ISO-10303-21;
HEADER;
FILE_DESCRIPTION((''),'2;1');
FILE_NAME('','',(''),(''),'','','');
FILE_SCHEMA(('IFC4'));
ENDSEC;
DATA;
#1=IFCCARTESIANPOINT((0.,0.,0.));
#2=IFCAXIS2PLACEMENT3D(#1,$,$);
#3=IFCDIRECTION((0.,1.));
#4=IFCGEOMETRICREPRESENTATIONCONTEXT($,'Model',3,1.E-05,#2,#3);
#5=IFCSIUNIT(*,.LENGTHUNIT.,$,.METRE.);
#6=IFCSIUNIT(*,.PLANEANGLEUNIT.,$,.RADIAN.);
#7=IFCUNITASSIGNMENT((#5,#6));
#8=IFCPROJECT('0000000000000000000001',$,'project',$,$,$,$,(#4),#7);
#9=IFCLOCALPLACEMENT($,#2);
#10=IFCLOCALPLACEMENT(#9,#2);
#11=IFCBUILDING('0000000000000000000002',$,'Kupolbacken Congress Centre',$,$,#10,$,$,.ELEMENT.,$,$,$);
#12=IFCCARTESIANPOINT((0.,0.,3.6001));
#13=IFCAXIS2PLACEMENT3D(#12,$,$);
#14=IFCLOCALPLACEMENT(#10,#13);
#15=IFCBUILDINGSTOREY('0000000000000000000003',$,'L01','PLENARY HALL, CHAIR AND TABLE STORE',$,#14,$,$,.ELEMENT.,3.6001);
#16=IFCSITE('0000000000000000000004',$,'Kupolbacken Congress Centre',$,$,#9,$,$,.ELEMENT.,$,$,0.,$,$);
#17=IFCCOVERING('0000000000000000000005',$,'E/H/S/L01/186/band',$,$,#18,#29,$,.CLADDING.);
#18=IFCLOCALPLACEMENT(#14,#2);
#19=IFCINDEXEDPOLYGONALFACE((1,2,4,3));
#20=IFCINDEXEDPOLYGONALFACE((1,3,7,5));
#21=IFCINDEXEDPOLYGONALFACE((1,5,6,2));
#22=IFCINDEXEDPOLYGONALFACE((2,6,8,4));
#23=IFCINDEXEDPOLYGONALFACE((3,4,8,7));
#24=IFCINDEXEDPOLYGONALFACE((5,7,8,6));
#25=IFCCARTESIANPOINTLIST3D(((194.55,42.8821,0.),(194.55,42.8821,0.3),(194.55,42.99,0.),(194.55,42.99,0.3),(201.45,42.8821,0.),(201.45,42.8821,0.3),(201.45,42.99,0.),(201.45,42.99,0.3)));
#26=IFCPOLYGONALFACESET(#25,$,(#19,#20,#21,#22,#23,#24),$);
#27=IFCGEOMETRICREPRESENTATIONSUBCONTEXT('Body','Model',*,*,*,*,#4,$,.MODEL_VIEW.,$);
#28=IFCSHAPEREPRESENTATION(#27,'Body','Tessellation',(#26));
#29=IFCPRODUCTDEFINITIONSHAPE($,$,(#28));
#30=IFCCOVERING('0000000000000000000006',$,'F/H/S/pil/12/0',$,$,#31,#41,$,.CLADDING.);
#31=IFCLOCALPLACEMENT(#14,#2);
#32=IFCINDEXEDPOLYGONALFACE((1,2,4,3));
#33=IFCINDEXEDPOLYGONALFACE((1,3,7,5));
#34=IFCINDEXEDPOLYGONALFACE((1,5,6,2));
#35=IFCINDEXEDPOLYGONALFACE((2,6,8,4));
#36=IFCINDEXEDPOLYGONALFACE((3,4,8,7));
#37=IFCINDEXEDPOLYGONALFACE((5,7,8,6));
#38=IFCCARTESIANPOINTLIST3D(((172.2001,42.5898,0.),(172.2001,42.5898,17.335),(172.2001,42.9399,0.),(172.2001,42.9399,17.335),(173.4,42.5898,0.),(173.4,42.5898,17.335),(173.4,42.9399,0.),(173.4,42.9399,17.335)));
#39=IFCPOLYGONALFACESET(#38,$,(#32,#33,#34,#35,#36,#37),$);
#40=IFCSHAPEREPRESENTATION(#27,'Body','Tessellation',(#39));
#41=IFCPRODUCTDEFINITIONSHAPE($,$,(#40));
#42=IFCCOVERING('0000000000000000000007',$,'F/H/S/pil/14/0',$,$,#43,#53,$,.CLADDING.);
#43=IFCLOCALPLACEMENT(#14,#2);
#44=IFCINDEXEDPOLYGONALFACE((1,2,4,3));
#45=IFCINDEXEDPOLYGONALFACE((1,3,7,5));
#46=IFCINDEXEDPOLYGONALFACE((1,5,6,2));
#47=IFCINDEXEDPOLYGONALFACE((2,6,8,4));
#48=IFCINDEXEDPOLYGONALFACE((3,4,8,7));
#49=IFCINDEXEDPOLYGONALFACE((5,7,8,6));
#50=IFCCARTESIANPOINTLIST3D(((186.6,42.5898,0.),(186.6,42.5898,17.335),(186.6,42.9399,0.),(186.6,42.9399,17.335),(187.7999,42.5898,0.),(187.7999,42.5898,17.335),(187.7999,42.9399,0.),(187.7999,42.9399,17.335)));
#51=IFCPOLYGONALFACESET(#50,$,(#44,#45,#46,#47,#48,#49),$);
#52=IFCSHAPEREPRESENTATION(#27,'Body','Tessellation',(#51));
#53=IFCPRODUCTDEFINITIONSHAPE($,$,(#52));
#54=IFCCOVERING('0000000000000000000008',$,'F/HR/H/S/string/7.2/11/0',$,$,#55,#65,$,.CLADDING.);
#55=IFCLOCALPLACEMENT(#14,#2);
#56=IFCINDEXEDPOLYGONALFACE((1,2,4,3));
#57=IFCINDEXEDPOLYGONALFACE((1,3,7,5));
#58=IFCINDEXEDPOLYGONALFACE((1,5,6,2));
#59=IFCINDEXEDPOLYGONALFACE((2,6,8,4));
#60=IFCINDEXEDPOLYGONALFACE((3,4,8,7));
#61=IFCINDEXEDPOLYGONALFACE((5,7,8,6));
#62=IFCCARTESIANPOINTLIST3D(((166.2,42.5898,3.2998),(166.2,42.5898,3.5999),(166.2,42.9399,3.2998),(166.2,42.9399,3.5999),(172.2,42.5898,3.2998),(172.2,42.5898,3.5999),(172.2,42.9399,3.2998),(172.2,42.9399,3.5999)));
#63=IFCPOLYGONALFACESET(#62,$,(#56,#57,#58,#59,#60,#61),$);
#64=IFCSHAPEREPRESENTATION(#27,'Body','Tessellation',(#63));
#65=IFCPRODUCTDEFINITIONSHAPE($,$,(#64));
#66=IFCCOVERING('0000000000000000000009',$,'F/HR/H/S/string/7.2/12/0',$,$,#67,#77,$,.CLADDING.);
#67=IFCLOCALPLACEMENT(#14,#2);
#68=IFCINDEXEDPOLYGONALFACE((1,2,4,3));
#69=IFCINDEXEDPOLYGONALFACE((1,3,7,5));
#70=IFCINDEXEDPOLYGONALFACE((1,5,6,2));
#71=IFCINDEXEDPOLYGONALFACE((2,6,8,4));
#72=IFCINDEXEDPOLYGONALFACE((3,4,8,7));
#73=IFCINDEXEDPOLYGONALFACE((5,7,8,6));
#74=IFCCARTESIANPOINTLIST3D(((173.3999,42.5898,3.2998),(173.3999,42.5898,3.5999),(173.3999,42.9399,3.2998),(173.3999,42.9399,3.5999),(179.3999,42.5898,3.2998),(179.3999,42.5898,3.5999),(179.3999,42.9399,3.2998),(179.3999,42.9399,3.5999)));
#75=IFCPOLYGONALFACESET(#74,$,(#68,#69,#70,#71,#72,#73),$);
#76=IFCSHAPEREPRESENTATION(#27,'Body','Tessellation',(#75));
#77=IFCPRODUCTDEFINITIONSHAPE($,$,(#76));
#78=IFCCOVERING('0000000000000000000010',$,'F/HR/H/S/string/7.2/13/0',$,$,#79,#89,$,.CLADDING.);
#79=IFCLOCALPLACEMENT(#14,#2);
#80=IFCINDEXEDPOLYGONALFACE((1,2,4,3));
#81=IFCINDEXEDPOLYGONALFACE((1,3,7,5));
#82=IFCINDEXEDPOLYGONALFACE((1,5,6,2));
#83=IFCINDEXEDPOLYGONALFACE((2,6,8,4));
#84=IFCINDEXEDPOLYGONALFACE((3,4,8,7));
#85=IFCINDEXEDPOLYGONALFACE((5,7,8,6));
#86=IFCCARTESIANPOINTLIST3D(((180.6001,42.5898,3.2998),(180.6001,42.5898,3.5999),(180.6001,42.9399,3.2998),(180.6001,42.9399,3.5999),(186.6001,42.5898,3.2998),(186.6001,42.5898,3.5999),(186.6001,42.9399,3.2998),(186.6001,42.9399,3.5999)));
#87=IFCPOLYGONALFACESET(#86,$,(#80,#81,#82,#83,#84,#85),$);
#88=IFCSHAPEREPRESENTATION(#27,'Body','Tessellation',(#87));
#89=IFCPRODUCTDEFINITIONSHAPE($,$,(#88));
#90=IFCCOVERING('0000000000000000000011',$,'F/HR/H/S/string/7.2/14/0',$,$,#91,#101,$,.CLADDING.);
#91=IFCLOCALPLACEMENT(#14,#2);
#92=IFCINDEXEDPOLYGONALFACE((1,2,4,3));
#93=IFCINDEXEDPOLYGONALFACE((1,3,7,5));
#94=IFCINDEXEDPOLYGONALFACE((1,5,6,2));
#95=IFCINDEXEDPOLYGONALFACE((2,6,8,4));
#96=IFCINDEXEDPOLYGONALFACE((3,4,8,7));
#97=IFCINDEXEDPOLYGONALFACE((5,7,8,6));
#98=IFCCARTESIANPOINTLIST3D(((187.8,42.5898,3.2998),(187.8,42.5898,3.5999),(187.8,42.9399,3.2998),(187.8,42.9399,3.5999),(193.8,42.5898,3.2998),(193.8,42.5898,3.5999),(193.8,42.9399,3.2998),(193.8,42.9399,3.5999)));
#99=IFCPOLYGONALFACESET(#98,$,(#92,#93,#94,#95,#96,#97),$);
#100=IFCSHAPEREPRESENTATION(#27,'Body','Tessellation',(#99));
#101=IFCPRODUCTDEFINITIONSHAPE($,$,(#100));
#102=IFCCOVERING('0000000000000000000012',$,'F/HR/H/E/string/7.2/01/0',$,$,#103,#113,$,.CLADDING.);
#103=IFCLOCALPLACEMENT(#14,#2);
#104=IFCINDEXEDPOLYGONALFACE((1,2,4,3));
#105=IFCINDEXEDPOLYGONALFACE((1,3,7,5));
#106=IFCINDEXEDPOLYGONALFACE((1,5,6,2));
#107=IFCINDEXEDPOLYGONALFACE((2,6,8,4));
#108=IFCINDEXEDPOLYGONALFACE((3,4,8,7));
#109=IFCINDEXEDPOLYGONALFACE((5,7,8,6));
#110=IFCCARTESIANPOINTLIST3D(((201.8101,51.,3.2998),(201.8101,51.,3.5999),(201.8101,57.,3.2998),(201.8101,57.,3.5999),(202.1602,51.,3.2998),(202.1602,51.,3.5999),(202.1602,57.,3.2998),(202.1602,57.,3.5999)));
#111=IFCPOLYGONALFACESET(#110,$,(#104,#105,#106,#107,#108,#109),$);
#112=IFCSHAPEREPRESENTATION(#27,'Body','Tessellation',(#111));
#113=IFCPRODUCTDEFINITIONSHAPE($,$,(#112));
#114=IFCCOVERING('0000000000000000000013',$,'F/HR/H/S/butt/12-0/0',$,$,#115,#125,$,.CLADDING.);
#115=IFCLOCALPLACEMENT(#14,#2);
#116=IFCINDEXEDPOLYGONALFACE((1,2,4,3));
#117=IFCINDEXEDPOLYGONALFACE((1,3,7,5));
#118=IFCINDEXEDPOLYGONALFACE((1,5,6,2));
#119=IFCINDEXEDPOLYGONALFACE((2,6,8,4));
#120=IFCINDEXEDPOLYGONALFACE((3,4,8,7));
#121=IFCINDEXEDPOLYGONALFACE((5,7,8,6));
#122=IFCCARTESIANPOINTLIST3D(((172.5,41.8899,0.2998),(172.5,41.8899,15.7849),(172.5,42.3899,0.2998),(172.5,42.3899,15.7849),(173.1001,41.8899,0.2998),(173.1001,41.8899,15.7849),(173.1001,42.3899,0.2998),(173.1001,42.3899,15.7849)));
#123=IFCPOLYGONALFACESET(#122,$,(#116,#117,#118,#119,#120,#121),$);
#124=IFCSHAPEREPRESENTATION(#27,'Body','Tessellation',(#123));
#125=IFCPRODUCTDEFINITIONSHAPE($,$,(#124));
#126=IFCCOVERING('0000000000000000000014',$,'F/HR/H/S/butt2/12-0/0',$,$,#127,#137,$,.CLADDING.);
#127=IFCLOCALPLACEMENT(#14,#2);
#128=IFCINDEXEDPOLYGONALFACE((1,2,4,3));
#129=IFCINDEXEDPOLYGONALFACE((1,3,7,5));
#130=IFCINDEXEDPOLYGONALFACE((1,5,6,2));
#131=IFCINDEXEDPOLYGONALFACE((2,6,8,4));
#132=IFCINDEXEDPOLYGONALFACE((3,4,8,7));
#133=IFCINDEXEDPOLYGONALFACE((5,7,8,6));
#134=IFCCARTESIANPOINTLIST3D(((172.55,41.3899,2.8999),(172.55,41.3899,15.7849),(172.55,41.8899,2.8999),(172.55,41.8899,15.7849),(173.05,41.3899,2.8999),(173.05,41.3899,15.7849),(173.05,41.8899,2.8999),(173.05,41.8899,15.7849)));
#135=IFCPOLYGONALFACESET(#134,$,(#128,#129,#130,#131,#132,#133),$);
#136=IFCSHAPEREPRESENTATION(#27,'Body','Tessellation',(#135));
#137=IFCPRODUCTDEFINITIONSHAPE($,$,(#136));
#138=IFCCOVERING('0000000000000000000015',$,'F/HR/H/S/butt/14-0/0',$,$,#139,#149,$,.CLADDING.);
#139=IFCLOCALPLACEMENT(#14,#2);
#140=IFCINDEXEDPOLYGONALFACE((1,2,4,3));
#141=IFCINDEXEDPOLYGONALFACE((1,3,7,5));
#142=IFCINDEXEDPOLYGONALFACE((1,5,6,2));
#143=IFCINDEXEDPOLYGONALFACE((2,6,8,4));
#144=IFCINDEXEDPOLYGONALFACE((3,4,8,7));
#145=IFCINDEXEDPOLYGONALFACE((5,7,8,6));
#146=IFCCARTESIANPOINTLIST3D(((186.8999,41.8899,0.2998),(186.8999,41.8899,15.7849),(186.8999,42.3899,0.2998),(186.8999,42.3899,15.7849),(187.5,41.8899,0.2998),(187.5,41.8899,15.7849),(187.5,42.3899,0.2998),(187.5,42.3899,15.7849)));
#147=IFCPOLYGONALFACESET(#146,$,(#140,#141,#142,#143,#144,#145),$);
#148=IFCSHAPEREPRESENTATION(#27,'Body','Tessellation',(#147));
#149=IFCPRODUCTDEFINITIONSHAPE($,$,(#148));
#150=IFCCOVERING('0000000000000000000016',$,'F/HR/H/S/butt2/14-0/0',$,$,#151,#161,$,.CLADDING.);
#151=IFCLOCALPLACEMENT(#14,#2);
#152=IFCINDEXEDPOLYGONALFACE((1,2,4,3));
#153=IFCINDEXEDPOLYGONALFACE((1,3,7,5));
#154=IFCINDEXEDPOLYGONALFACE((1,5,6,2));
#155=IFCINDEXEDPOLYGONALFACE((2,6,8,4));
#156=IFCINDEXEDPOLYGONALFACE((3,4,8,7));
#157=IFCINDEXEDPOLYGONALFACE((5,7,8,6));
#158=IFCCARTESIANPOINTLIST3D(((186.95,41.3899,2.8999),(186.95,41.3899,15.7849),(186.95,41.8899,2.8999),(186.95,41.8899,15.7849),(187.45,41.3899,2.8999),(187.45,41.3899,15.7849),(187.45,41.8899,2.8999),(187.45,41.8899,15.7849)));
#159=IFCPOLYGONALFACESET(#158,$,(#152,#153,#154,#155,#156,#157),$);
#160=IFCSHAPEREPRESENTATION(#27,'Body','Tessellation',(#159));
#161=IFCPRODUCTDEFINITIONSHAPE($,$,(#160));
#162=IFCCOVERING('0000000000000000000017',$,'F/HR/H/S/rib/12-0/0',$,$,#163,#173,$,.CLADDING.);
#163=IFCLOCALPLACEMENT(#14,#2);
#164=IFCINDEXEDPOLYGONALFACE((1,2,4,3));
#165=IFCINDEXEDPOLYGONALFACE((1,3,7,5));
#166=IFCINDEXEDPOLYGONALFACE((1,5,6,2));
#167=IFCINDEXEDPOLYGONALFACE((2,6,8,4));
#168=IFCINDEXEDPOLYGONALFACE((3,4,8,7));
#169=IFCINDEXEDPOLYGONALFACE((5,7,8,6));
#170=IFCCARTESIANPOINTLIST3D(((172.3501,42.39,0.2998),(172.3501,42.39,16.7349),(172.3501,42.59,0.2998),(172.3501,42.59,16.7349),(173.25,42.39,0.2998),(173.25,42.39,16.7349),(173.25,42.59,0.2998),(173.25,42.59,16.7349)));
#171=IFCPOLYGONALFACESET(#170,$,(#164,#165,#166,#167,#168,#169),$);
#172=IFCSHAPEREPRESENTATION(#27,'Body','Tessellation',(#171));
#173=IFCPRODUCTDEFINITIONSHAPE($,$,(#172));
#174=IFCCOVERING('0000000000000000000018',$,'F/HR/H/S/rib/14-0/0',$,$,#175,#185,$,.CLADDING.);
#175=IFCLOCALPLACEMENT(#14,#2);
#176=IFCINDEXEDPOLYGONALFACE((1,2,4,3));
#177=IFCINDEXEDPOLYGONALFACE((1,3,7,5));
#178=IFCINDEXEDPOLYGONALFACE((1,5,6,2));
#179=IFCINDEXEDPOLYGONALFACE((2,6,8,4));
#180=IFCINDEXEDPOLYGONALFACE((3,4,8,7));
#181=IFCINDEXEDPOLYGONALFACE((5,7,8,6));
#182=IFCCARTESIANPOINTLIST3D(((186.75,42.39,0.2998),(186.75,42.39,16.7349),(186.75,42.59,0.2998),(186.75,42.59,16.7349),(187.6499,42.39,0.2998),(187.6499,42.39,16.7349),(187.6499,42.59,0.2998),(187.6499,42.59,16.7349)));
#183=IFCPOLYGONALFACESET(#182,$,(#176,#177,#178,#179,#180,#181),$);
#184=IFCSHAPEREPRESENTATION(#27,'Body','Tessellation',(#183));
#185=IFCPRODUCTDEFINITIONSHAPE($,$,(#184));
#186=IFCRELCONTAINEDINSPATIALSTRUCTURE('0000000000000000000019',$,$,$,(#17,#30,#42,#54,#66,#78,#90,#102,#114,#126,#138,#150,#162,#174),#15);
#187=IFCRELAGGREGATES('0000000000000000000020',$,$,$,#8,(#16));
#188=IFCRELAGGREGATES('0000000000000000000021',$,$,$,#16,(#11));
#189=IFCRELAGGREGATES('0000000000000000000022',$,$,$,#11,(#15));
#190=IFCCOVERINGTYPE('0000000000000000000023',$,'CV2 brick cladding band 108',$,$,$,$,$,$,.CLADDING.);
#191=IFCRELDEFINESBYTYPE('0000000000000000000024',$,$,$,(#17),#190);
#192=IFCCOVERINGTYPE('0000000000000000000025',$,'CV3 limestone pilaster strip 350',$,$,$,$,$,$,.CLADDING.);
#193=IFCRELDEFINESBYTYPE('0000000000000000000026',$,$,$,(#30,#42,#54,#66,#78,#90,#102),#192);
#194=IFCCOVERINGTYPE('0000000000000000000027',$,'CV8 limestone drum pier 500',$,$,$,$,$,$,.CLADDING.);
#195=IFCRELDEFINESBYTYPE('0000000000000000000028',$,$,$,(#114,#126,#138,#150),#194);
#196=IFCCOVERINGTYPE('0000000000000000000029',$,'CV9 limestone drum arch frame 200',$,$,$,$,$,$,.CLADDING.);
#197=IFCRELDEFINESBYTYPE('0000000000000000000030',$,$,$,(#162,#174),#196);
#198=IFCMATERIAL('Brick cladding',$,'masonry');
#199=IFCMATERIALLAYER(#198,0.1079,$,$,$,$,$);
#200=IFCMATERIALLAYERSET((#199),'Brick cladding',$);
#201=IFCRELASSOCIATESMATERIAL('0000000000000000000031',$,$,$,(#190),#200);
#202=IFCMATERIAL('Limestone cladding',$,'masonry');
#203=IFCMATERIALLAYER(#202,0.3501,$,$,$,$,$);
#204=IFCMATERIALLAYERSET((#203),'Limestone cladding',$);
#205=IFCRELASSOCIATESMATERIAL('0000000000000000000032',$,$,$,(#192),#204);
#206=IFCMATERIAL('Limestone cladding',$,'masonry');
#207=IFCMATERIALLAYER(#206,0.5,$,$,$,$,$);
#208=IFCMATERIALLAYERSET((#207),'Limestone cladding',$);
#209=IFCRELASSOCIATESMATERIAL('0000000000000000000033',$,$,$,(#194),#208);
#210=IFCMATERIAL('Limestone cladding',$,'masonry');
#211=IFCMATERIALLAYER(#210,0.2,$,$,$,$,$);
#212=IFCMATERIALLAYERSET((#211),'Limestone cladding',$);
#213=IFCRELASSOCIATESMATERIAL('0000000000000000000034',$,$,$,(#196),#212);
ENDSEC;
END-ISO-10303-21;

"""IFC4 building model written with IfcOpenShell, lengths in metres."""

from ifc_helpers import new_model, si_unit, direction, frame, origin, origin_2d, place, context, subcontext, project, spatial, rectangle, extrude, material, layer, layer_set, type_object, element, save


model = new_model("IFC4")

# Units and contexts
model_context = context("Model", 3, precision=1e-05, world=origin(), true_north=direction((0.0, 1.0)))
body_context = subcontext(model_context, "Body", "Model", "MODEL_VIEW")
ifc_project = project(units=[si_unit("LENGTHUNIT", "METRE"), si_unit("PLANEANGLEUNIT", "RADIAN")], contexts=[model_context])

# Site, building, storey
site_placement = place(None, origin())
site = spatial("IfcSite", under=ifc_project, at=site_placement, Name="Kupolbacken Congress Centre", CompositionType="ELEMENT", RefElevation=0.0)
building_placement = place(site_placement, origin())
building = spatial("IfcBuilding", under=site, at=building_placement, Name="Kupolbacken Congress Centre", CompositionType="ELEMENT")
storey_placement = place(building_placement, frame((0.0, 0.0, 3.6001)))
storey = spatial("IfcBuildingStorey", under=building, at=storey_placement, Name="L01", Description="PLENARY HALL, CHAIR AND TABLE STORE", CompositionType="ELEMENT", Elevation=3.6001)

# Coverings
ifc_material_1 = material(Name="Brick cladding", Category="masonry")
ifc_layer_1 = layer(ifc_material_1, 0.1079)
ifc_layer_set_1 = layer_set([ifc_layer_1], Name="Brick cladding")
covering_type_1 = type_object("IfcCoveringType", Name="CV2 brick cladding band 108", PredefinedType="CLADDING", material=ifc_layer_set_1)
covering_1_placement = place(storey_placement, frame((198.0, 42.936, 0.0), z_axis=(0.0, 0.0, 1.0), x_axis=(1.0, 0.0, 0.0)))
element("IfcCovering", 1, at=covering_1_placement, inside=storey, type_object=covering_type_1, Name="E/H/S/L01/186/band", PredefinedType="CLADDING", context=body_context, shape_type="SweptSolid", body=[
    extrude(rectangle(XDim=6.8999, YDim=0.1079, at=origin_2d()), origin(), (0.0, 0.0, 1.0), 0.3),
])
ifc_material_2 = material(Name="Limestone cladding", Category="masonry")
ifc_layer_2 = layer(ifc_material_2, 0.3501)
ifc_layer_set_2 = layer_set([ifc_layer_2], Name="Limestone cladding")
covering_type_2 = type_object("IfcCoveringType", Name="CV3 limestone pilaster strip 350", PredefinedType="CLADDING", material=ifc_layer_set_2)
for number, where, z_axis, x_axis, name in (
    (2, (172.8, 42.7649, 0.0), (0.0, 0.0, 1.0), (1.0, 0.0, 0.0), "F/H/S/pil/12/0"),
    (3, (187.2, 42.7649, 0.0), (0.0, 0.0, 1.0), (1.0, 0.0, 0.0), "F/H/S/pil/14/0"),
):
    element("IfcCovering", number, at=place(storey_placement, frame(where, z_axis=z_axis, x_axis=x_axis)), inside=storey, type_object=covering_type_2, Name=name, PredefinedType="CLADDING", context=body_context, shape_type="SweptSolid", body=[
        extrude(rectangle(XDim=1.2, YDim=0.3501, at=origin_2d()), origin(), (0.0, 0.0, 1.0), 17.335),
    ])
for number, where, z_axis, x_axis, name in (
    (4, (169.2, 42.7649, 3.2998), (0.0, 0.0, 1.0), (1.0, 0.0, 0.0), "F/HR/H/S/string/7.2/11/0"),
    (5, (176.3999, 42.7649, 3.2998), (0.0, 0.0, 1.0), (1.0, 0.0, 0.0), "F/HR/H/S/string/7.2/12/0"),
    (6, (183.6001, 42.7649, 3.2998), (0.0, 0.0, 1.0), (1.0, 0.0, 0.0), "F/HR/H/S/string/7.2/13/0"),
    (7, (190.8, 42.7649, 3.2998), (0.0, 0.0, 1.0), (1.0, 0.0, 0.0), "F/HR/H/S/string/7.2/14/0"),
    (8, (201.9851, 54.0, 3.2998), (0.0, 0.0, 1.0), (0.0, 1.0, 0.0), "F/HR/H/E/string/7.2/01/0"),
):
    element("IfcCovering", number, at=place(storey_placement, frame(where, z_axis=z_axis, x_axis=x_axis)), inside=storey, type_object=covering_type_2, Name=name, PredefinedType="CLADDING", context=body_context, shape_type="SweptSolid", body=[
        extrude(rectangle(XDim=6.0, YDim=0.3501, at=origin_2d()), origin(), (0.0, 0.0, 1.0), 0.3),
    ])
ifc_material_3 = material(Name="Limestone cladding", Category="masonry")
ifc_layer_3 = layer(ifc_material_3, 0.5)
ifc_layer_set_3 = layer_set([ifc_layer_3], Name="Limestone cladding")
covering_type_3 = type_object("IfcCoveringType", Name="CV8 limestone drum pier 500", PredefinedType="CLADDING", material=ifc_layer_set_3)
covering_2_placement = place(storey_placement, frame((172.8, 42.1399, 0.2998), z_axis=(0.0, 0.0, 1.0), x_axis=(1.0, 0.0, 0.0)))
element("IfcCovering", 9, at=covering_2_placement, inside=storey, type_object=covering_type_3, Name="F/HR/H/S/butt/12-0/0", PredefinedType="CLADDING", context=body_context, shape_type="SweptSolid", body=[
    extrude(rectangle(XDim=0.6001, YDim=0.5, at=origin_2d()), origin(), (0.0, 0.0, 1.0), 15.4851),
])
covering_3_placement = place(storey_placement, frame((172.8, 41.6399, 2.8999), z_axis=(0.0, 0.0, 1.0), x_axis=(1.0, 0.0, 0.0)))
element("IfcCovering", 10, at=covering_3_placement, inside=storey, type_object=covering_type_3, Name="F/HR/H/S/butt2/12-0/0", PredefinedType="CLADDING", context=body_context, shape_type="SweptSolid", body=[
    extrude(rectangle(XDim=0.5, YDim=0.5, at=origin_2d()), origin(), (0.0, 0.0, 1.0), 12.885),
])
covering_4_placement = place(storey_placement, frame((187.2, 42.1399, 0.2998), z_axis=(0.0, 0.0, 1.0), x_axis=(1.0, 0.0, 0.0)))
element("IfcCovering", 11, at=covering_4_placement, inside=storey, type_object=covering_type_3, Name="F/HR/H/S/butt/14-0/0", PredefinedType="CLADDING", context=body_context, shape_type="SweptSolid", body=[
    extrude(rectangle(XDim=0.6001, YDim=0.5, at=origin_2d()), origin(), (0.0, 0.0, 1.0), 15.4851),
])
covering_5_placement = place(storey_placement, frame((187.2, 41.6399, 2.8999), z_axis=(0.0, 0.0, 1.0), x_axis=(1.0, 0.0, 0.0)))
element("IfcCovering", 12, at=covering_5_placement, inside=storey, type_object=covering_type_3, Name="F/HR/H/S/butt2/14-0/0", PredefinedType="CLADDING", context=body_context, shape_type="SweptSolid", body=[
    extrude(rectangle(XDim=0.5, YDim=0.5, at=origin_2d()), origin(), (0.0, 0.0, 1.0), 12.885),
])
ifc_material_4 = material(Name="Limestone cladding", Category="masonry")
ifc_layer_4 = layer(ifc_material_4, 0.2)
ifc_layer_set_4 = layer_set([ifc_layer_4], Name="Limestone cladding")
covering_type_4 = type_object("IfcCoveringType", Name="CV9 limestone drum arch frame 200", PredefinedType="CLADDING", material=ifc_layer_set_4)
for number, where, z_axis, x_axis, name in (
    (13, (172.8, 42.49, 0.2998), (0.0, 0.0, 1.0), (1.0, 0.0, 0.0), "F/HR/H/S/rib/12-0/0"),
    (14, (187.2, 42.49, 0.2998), (0.0, 0.0, 1.0), (1.0, 0.0, 0.0), "F/HR/H/S/rib/14-0/0"),
):
    element("IfcCovering", number, at=place(storey_placement, frame(where, z_axis=z_axis, x_axis=x_axis)), inside=storey, type_object=covering_type_4, Name=name, PredefinedType="CLADDING", context=body_context, shape_type="SweptSolid", body=[
        extrude(rectangle(XDim=0.8999, YDim=0.2, at=origin_2d()), origin(), (0.0, 0.0, 1.0), 16.4351),
    ])

save(model, "model.ifc")
